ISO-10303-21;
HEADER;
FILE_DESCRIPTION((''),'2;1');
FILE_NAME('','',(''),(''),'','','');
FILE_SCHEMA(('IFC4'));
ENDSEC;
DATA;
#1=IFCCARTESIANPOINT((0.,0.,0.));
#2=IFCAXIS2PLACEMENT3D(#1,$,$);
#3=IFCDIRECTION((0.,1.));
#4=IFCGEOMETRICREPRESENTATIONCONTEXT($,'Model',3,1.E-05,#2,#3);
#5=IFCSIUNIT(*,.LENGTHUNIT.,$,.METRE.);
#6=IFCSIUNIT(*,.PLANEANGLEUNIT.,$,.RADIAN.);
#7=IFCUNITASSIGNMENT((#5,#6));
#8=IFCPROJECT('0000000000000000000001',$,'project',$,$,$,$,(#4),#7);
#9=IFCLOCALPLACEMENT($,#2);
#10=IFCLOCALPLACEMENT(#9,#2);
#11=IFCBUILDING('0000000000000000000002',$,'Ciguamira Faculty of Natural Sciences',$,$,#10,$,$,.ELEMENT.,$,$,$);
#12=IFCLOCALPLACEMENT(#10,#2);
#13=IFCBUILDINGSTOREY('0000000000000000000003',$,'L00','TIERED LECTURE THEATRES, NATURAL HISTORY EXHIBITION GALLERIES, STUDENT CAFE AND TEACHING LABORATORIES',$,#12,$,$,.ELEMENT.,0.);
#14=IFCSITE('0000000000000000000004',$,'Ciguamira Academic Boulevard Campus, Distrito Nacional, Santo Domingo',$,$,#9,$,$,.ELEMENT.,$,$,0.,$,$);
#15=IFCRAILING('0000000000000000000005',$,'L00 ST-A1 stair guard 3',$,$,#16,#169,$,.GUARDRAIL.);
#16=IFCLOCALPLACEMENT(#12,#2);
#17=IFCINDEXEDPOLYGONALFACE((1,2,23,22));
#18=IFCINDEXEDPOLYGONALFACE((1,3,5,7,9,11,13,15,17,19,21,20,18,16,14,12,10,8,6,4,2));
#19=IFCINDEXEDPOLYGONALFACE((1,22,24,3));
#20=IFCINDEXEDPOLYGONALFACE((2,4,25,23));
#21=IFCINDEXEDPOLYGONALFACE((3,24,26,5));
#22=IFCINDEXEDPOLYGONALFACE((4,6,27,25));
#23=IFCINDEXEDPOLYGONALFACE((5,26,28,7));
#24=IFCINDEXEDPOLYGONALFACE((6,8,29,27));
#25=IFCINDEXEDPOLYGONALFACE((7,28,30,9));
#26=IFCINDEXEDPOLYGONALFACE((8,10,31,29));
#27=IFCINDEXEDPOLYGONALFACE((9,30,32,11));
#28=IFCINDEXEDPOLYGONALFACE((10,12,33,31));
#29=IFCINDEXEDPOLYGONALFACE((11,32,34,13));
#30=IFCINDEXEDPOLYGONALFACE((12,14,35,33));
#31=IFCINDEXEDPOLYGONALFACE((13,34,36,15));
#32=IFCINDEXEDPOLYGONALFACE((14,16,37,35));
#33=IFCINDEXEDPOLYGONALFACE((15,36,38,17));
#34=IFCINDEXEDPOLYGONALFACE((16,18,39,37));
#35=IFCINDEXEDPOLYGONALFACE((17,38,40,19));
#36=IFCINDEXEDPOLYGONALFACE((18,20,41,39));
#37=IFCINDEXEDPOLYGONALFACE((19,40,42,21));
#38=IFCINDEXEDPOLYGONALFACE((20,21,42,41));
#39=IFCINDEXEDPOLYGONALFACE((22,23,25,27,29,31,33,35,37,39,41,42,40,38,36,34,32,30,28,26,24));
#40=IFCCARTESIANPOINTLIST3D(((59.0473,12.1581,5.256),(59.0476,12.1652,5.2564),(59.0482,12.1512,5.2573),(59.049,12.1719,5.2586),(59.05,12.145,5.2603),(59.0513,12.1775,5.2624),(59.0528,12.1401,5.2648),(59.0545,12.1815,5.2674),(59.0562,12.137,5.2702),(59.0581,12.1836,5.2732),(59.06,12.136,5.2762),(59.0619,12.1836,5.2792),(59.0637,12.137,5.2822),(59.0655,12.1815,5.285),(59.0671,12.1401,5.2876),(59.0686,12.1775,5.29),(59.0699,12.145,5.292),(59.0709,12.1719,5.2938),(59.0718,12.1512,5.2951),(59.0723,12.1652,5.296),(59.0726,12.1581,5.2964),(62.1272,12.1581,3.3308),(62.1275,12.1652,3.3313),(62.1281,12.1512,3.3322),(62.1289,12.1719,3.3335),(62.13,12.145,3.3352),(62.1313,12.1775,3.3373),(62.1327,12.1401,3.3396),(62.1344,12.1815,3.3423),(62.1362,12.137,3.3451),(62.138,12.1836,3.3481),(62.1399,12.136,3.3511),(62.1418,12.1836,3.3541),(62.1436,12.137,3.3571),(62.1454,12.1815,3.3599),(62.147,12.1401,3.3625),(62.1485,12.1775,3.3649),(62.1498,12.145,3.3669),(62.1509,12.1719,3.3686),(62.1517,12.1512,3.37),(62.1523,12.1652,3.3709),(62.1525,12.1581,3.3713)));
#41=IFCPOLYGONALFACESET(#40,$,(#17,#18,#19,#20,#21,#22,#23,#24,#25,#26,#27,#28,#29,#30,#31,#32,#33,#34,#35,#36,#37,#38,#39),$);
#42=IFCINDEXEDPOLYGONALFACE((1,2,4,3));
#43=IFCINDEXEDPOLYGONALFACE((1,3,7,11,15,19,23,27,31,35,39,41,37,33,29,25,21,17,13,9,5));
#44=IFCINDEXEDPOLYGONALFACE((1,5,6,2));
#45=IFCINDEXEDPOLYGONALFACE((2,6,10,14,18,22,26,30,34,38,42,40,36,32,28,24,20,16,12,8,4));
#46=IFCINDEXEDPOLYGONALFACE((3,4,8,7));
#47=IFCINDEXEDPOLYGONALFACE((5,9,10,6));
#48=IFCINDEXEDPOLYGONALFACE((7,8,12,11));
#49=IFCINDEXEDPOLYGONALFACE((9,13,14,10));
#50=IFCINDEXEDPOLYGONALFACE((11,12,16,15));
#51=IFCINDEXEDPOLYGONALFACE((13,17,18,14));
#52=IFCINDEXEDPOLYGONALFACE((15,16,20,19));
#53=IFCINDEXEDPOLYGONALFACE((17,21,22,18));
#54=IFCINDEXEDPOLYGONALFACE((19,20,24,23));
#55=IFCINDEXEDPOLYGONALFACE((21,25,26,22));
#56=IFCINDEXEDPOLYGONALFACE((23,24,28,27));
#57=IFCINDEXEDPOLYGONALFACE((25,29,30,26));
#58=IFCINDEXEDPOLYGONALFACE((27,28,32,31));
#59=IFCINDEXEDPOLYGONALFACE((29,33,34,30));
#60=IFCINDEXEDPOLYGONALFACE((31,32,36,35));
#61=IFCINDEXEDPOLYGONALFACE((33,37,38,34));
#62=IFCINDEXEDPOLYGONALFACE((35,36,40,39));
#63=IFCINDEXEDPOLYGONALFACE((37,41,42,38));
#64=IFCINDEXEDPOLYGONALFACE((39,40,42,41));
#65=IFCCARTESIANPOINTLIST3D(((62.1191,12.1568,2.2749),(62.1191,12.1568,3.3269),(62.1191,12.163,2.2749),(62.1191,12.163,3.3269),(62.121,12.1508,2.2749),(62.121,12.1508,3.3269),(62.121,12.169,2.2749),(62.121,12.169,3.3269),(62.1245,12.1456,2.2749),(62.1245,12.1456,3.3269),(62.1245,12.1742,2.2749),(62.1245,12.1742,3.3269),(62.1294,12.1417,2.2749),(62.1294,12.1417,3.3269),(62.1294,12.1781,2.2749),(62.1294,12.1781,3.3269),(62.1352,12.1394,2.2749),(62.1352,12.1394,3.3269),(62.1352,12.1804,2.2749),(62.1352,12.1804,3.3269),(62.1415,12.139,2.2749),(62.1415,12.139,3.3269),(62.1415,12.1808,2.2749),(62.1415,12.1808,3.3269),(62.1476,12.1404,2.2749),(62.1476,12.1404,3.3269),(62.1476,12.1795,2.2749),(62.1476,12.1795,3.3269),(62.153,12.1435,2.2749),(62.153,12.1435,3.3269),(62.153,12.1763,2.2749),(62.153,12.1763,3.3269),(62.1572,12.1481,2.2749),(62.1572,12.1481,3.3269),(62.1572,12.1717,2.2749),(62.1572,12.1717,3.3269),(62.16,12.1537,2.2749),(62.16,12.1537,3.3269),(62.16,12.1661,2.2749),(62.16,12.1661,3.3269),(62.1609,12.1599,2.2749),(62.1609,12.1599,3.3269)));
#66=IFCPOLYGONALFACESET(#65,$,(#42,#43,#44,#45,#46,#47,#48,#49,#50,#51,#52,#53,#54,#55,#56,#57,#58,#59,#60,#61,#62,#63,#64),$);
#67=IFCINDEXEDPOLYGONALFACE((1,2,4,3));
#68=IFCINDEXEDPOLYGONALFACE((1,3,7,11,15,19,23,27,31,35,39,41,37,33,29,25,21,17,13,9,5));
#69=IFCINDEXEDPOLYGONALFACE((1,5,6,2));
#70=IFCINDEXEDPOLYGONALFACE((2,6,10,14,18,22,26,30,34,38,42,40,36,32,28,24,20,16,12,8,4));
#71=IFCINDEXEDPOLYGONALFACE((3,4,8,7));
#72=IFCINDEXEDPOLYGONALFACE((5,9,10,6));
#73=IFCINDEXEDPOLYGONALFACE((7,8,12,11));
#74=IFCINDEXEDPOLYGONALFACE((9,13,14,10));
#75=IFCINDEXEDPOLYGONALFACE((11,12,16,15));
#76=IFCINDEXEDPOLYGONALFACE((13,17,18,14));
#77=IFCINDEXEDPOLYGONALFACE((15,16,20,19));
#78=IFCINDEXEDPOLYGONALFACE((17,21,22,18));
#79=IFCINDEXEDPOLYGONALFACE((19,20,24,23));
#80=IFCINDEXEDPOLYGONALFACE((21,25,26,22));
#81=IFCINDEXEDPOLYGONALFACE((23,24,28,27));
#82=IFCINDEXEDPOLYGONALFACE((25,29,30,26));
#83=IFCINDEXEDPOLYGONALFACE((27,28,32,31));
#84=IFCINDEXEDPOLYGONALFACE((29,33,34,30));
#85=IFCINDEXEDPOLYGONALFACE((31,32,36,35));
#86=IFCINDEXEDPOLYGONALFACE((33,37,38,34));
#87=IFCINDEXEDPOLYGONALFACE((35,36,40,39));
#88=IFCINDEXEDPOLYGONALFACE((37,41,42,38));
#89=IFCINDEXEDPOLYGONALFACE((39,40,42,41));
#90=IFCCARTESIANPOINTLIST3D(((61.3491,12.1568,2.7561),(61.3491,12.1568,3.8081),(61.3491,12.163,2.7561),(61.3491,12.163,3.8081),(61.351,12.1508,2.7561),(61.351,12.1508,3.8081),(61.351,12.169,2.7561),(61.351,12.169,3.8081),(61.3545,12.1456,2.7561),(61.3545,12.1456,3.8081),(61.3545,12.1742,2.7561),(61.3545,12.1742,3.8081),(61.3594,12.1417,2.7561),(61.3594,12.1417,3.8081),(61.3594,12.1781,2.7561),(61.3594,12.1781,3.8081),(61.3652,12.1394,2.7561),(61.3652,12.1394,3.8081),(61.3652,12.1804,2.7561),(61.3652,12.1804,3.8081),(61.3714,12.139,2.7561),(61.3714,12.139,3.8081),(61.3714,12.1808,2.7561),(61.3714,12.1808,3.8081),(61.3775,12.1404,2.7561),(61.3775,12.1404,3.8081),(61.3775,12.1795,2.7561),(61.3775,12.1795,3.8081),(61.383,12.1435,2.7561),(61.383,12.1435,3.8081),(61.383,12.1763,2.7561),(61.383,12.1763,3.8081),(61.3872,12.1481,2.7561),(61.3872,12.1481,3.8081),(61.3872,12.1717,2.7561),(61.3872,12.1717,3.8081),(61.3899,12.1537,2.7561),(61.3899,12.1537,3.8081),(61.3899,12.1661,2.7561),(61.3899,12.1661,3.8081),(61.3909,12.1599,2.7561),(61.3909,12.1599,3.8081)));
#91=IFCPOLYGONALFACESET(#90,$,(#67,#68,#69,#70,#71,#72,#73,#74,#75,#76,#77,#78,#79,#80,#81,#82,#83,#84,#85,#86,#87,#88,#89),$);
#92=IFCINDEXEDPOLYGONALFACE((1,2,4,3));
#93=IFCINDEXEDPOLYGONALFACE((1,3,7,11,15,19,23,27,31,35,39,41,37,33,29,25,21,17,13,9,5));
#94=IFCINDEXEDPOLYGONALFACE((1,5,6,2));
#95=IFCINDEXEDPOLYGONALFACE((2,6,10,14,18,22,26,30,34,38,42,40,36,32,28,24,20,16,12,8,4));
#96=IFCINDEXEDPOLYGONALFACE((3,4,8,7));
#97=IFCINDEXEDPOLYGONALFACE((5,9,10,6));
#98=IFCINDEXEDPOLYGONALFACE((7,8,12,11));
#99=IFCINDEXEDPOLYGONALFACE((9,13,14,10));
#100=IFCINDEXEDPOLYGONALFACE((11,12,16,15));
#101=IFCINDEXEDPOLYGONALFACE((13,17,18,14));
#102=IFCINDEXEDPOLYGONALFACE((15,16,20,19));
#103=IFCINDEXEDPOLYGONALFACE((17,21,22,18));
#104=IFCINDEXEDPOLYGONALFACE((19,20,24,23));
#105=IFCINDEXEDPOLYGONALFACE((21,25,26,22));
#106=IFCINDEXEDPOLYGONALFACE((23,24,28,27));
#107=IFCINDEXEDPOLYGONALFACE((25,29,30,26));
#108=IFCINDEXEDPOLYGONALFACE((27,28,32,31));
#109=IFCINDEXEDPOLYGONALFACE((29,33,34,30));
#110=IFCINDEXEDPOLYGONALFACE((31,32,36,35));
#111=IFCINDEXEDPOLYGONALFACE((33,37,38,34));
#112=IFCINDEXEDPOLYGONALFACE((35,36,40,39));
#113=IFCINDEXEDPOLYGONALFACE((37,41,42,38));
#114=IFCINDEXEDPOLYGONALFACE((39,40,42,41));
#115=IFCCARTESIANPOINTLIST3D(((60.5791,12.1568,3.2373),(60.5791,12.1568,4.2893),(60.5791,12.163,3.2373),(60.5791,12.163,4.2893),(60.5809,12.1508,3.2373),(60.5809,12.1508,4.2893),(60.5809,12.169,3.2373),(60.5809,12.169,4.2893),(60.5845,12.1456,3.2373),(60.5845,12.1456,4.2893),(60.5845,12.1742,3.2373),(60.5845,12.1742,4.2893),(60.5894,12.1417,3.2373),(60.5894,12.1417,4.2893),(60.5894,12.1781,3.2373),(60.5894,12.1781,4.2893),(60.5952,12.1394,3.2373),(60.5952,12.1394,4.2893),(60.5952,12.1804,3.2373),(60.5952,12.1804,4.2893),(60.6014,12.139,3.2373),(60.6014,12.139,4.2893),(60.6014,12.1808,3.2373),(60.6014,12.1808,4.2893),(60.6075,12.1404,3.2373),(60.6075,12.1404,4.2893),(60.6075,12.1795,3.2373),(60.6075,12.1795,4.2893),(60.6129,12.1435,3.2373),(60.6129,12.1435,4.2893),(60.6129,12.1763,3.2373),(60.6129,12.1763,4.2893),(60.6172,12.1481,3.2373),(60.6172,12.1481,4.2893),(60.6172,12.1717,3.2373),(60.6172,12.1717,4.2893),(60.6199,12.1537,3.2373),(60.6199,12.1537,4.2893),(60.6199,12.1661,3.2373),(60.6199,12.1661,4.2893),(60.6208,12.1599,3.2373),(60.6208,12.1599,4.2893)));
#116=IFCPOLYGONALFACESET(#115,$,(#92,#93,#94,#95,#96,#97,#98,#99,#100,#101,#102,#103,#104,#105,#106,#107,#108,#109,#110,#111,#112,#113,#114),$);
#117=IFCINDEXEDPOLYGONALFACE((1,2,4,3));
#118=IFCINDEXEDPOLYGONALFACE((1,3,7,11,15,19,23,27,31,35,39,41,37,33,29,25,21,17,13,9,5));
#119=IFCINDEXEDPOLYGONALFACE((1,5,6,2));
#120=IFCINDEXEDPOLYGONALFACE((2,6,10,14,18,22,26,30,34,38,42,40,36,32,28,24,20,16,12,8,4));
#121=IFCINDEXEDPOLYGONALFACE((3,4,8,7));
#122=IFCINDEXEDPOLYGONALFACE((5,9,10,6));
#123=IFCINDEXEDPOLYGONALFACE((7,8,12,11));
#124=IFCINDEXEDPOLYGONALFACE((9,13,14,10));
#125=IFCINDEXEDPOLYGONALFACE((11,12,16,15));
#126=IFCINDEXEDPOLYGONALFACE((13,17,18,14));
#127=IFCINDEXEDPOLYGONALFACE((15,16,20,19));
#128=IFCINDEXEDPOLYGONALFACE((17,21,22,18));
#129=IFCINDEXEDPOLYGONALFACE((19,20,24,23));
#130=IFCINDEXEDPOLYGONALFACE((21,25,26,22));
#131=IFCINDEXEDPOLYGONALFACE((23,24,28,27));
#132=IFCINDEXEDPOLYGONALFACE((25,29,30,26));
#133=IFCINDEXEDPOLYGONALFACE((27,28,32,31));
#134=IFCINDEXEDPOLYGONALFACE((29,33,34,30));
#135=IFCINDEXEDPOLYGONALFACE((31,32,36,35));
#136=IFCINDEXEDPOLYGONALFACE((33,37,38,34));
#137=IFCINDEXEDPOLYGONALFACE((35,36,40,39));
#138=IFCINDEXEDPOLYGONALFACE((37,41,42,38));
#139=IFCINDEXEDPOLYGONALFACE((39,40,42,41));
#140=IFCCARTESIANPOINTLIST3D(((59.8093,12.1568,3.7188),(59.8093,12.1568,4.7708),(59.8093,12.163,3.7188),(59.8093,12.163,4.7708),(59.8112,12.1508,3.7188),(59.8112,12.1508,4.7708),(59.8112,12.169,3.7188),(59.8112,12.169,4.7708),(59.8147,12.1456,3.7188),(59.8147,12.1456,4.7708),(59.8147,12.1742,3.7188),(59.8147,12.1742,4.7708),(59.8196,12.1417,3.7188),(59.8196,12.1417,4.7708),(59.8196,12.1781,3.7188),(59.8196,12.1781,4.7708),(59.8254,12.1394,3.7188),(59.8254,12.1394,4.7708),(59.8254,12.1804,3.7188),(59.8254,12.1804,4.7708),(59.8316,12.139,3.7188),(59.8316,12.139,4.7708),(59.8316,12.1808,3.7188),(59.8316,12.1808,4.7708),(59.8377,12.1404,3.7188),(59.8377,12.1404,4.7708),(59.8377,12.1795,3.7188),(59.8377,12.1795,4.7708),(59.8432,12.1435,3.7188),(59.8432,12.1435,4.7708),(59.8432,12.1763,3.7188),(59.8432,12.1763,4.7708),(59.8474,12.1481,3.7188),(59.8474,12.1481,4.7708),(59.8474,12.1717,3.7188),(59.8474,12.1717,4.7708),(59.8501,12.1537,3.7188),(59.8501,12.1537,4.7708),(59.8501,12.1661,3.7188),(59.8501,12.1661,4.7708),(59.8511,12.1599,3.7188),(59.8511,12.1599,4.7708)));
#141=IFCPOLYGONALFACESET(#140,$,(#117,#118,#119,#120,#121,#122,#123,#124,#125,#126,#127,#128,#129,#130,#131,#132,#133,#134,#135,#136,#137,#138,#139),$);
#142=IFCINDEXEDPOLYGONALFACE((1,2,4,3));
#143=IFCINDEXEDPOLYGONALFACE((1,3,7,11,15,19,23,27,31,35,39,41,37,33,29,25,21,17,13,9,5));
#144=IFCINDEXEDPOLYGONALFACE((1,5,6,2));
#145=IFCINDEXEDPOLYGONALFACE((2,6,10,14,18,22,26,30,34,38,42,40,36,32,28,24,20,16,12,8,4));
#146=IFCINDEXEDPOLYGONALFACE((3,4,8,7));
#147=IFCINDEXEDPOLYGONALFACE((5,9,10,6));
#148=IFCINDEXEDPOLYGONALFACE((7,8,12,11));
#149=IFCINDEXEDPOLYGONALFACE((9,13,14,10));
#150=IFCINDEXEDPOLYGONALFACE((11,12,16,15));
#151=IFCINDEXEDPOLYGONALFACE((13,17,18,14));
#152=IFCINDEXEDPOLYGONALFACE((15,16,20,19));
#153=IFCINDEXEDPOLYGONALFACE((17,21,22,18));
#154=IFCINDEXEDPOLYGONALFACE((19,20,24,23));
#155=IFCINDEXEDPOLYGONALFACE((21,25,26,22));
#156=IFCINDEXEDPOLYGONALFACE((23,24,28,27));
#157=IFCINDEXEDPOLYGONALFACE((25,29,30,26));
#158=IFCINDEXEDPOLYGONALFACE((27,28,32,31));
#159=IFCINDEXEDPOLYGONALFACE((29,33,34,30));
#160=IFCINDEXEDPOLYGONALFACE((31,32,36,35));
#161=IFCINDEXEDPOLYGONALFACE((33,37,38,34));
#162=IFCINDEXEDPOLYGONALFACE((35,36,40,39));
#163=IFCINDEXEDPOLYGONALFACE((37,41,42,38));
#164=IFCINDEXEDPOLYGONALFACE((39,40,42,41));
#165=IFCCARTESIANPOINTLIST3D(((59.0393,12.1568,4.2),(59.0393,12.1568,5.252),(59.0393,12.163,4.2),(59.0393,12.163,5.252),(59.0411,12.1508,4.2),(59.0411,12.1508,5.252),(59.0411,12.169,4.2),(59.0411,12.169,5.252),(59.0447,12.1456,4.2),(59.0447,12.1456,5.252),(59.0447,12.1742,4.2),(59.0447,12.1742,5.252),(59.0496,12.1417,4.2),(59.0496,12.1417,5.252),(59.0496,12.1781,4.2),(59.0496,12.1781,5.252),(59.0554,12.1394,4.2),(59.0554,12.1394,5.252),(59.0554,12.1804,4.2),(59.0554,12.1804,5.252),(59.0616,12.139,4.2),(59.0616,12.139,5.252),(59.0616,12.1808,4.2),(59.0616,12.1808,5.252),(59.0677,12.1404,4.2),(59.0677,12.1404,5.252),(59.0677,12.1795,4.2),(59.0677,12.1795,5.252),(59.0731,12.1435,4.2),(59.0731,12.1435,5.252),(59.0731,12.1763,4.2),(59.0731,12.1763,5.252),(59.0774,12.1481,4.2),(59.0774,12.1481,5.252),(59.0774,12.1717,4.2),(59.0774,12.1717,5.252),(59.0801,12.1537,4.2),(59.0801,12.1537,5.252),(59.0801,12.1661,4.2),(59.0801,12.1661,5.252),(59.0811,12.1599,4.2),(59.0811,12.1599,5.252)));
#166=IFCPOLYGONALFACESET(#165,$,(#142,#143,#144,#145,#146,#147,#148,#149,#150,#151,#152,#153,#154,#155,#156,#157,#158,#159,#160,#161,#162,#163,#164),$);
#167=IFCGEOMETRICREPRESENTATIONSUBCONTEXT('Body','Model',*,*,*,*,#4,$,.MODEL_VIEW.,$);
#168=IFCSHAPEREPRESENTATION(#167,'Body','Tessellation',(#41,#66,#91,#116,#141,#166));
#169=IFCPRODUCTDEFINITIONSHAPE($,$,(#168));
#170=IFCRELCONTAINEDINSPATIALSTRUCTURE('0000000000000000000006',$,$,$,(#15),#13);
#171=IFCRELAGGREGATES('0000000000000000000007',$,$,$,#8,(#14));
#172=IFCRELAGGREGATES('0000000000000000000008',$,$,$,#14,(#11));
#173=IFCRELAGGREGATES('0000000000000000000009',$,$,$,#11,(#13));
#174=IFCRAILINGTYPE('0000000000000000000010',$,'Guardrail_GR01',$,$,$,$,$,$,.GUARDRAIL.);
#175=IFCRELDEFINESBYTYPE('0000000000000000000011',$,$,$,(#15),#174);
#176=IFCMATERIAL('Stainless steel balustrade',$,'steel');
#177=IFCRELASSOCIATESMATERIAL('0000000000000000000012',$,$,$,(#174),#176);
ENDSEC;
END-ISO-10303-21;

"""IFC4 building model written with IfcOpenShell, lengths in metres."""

from ifc_helpers import new_model, si_unit, direction, frame, origin, origin_2d, place, context, subcontext, project, spatial, circle, extrude, material, type_object, element, save


model = new_model("IFC4")

# Units and contexts
model_context = context("Model", 3, precision=1e-05, world=origin(), true_north=direction((0.0, 1.0)))
body_context = subcontext(model_context, "Body", "Model", "MODEL_VIEW")
ifc_project = project(units=[si_unit("LENGTHUNIT", "METRE"), si_unit("PLANEANGLEUNIT", "RADIAN")], contexts=[model_context])

# Site, building, storey
site_placement = place(None, origin())
site = spatial("IfcSite", under=ifc_project, at=site_placement, Name="Ciguamira Academic Boulevard Campus, Distrito Nacional, Santo Domingo", CompositionType="ELEMENT", RefElevation=0.0)
building_placement = place(site_placement, origin())
building = spatial("IfcBuilding", under=site, at=building_placement, Name="Ciguamira Faculty of Natural Sciences", CompositionType="ELEMENT")
storey_placement = place(building_placement, origin())
storey = spatial("IfcBuildingStorey", under=building, at=storey_placement, Name="L00", Description="TIERED LECTURE THEATRES, NATURAL HISTORY EXHIBITION GALLERIES, STUDENT CAFE AND TEACHING LABORATORIES", CompositionType="ELEMENT", Elevation=0.0)

# Railing
ifc_material_1 = material(Name="Stainless steel balustrade", Category="steel")
railing_type_1 = type_object("IfcRailingType", Name="Guardrail_GR01", PredefinedType="GUARDRAIL", material=ifc_material_1)
railing_1_placement = place(storey_placement, frame((62.1399, 12.1599, 2.2749)))
element("IfcRailing", 1, at=railing_1_placement, inside=storey, type_object=railing_type_1, Name="L00 ST-A1 stair guard 3", PredefinedType="GUARDRAIL", context=body_context, shape_type="SweptSolid", body=[
    extrude(circle(Radius=0.0239, at=origin_2d()), frame((0.0, 0.0, 1.0762), z_axis=(-0.847979, 0.0, 0.530029), x_axis=(0.0, -1.0, 0.0)), (0.0, 0.0, 1.0), 3.6321),
    extrude(circle(Radius=0.021, at=origin_2d()), origin(), (0.0, 0.0, 1.0), 1.052),
    extrude(circle(Radius=0.021, at=origin_2d()), frame((-0.77, 0.0, 0.4812)), (0.0, 0.0, 1.0), 1.052),
    extrude(circle(Radius=0.021, at=origin_2d()), frame((-1.54, 0.0, 0.9624)), (0.0, 0.0, 1.0), 1.052),
    extrude(circle(Radius=0.021, at=origin_2d()), frame((-2.3098, 0.0, 1.4438)), (0.0, 0.0, 1.0), 1.052),
    extrude(circle(Radius=0.021, at=origin_2d()), frame((-3.0798, 0.0, 1.925)), (0.0, 0.0, 1.0), 1.052),
])

save(model, "model.ifc")
